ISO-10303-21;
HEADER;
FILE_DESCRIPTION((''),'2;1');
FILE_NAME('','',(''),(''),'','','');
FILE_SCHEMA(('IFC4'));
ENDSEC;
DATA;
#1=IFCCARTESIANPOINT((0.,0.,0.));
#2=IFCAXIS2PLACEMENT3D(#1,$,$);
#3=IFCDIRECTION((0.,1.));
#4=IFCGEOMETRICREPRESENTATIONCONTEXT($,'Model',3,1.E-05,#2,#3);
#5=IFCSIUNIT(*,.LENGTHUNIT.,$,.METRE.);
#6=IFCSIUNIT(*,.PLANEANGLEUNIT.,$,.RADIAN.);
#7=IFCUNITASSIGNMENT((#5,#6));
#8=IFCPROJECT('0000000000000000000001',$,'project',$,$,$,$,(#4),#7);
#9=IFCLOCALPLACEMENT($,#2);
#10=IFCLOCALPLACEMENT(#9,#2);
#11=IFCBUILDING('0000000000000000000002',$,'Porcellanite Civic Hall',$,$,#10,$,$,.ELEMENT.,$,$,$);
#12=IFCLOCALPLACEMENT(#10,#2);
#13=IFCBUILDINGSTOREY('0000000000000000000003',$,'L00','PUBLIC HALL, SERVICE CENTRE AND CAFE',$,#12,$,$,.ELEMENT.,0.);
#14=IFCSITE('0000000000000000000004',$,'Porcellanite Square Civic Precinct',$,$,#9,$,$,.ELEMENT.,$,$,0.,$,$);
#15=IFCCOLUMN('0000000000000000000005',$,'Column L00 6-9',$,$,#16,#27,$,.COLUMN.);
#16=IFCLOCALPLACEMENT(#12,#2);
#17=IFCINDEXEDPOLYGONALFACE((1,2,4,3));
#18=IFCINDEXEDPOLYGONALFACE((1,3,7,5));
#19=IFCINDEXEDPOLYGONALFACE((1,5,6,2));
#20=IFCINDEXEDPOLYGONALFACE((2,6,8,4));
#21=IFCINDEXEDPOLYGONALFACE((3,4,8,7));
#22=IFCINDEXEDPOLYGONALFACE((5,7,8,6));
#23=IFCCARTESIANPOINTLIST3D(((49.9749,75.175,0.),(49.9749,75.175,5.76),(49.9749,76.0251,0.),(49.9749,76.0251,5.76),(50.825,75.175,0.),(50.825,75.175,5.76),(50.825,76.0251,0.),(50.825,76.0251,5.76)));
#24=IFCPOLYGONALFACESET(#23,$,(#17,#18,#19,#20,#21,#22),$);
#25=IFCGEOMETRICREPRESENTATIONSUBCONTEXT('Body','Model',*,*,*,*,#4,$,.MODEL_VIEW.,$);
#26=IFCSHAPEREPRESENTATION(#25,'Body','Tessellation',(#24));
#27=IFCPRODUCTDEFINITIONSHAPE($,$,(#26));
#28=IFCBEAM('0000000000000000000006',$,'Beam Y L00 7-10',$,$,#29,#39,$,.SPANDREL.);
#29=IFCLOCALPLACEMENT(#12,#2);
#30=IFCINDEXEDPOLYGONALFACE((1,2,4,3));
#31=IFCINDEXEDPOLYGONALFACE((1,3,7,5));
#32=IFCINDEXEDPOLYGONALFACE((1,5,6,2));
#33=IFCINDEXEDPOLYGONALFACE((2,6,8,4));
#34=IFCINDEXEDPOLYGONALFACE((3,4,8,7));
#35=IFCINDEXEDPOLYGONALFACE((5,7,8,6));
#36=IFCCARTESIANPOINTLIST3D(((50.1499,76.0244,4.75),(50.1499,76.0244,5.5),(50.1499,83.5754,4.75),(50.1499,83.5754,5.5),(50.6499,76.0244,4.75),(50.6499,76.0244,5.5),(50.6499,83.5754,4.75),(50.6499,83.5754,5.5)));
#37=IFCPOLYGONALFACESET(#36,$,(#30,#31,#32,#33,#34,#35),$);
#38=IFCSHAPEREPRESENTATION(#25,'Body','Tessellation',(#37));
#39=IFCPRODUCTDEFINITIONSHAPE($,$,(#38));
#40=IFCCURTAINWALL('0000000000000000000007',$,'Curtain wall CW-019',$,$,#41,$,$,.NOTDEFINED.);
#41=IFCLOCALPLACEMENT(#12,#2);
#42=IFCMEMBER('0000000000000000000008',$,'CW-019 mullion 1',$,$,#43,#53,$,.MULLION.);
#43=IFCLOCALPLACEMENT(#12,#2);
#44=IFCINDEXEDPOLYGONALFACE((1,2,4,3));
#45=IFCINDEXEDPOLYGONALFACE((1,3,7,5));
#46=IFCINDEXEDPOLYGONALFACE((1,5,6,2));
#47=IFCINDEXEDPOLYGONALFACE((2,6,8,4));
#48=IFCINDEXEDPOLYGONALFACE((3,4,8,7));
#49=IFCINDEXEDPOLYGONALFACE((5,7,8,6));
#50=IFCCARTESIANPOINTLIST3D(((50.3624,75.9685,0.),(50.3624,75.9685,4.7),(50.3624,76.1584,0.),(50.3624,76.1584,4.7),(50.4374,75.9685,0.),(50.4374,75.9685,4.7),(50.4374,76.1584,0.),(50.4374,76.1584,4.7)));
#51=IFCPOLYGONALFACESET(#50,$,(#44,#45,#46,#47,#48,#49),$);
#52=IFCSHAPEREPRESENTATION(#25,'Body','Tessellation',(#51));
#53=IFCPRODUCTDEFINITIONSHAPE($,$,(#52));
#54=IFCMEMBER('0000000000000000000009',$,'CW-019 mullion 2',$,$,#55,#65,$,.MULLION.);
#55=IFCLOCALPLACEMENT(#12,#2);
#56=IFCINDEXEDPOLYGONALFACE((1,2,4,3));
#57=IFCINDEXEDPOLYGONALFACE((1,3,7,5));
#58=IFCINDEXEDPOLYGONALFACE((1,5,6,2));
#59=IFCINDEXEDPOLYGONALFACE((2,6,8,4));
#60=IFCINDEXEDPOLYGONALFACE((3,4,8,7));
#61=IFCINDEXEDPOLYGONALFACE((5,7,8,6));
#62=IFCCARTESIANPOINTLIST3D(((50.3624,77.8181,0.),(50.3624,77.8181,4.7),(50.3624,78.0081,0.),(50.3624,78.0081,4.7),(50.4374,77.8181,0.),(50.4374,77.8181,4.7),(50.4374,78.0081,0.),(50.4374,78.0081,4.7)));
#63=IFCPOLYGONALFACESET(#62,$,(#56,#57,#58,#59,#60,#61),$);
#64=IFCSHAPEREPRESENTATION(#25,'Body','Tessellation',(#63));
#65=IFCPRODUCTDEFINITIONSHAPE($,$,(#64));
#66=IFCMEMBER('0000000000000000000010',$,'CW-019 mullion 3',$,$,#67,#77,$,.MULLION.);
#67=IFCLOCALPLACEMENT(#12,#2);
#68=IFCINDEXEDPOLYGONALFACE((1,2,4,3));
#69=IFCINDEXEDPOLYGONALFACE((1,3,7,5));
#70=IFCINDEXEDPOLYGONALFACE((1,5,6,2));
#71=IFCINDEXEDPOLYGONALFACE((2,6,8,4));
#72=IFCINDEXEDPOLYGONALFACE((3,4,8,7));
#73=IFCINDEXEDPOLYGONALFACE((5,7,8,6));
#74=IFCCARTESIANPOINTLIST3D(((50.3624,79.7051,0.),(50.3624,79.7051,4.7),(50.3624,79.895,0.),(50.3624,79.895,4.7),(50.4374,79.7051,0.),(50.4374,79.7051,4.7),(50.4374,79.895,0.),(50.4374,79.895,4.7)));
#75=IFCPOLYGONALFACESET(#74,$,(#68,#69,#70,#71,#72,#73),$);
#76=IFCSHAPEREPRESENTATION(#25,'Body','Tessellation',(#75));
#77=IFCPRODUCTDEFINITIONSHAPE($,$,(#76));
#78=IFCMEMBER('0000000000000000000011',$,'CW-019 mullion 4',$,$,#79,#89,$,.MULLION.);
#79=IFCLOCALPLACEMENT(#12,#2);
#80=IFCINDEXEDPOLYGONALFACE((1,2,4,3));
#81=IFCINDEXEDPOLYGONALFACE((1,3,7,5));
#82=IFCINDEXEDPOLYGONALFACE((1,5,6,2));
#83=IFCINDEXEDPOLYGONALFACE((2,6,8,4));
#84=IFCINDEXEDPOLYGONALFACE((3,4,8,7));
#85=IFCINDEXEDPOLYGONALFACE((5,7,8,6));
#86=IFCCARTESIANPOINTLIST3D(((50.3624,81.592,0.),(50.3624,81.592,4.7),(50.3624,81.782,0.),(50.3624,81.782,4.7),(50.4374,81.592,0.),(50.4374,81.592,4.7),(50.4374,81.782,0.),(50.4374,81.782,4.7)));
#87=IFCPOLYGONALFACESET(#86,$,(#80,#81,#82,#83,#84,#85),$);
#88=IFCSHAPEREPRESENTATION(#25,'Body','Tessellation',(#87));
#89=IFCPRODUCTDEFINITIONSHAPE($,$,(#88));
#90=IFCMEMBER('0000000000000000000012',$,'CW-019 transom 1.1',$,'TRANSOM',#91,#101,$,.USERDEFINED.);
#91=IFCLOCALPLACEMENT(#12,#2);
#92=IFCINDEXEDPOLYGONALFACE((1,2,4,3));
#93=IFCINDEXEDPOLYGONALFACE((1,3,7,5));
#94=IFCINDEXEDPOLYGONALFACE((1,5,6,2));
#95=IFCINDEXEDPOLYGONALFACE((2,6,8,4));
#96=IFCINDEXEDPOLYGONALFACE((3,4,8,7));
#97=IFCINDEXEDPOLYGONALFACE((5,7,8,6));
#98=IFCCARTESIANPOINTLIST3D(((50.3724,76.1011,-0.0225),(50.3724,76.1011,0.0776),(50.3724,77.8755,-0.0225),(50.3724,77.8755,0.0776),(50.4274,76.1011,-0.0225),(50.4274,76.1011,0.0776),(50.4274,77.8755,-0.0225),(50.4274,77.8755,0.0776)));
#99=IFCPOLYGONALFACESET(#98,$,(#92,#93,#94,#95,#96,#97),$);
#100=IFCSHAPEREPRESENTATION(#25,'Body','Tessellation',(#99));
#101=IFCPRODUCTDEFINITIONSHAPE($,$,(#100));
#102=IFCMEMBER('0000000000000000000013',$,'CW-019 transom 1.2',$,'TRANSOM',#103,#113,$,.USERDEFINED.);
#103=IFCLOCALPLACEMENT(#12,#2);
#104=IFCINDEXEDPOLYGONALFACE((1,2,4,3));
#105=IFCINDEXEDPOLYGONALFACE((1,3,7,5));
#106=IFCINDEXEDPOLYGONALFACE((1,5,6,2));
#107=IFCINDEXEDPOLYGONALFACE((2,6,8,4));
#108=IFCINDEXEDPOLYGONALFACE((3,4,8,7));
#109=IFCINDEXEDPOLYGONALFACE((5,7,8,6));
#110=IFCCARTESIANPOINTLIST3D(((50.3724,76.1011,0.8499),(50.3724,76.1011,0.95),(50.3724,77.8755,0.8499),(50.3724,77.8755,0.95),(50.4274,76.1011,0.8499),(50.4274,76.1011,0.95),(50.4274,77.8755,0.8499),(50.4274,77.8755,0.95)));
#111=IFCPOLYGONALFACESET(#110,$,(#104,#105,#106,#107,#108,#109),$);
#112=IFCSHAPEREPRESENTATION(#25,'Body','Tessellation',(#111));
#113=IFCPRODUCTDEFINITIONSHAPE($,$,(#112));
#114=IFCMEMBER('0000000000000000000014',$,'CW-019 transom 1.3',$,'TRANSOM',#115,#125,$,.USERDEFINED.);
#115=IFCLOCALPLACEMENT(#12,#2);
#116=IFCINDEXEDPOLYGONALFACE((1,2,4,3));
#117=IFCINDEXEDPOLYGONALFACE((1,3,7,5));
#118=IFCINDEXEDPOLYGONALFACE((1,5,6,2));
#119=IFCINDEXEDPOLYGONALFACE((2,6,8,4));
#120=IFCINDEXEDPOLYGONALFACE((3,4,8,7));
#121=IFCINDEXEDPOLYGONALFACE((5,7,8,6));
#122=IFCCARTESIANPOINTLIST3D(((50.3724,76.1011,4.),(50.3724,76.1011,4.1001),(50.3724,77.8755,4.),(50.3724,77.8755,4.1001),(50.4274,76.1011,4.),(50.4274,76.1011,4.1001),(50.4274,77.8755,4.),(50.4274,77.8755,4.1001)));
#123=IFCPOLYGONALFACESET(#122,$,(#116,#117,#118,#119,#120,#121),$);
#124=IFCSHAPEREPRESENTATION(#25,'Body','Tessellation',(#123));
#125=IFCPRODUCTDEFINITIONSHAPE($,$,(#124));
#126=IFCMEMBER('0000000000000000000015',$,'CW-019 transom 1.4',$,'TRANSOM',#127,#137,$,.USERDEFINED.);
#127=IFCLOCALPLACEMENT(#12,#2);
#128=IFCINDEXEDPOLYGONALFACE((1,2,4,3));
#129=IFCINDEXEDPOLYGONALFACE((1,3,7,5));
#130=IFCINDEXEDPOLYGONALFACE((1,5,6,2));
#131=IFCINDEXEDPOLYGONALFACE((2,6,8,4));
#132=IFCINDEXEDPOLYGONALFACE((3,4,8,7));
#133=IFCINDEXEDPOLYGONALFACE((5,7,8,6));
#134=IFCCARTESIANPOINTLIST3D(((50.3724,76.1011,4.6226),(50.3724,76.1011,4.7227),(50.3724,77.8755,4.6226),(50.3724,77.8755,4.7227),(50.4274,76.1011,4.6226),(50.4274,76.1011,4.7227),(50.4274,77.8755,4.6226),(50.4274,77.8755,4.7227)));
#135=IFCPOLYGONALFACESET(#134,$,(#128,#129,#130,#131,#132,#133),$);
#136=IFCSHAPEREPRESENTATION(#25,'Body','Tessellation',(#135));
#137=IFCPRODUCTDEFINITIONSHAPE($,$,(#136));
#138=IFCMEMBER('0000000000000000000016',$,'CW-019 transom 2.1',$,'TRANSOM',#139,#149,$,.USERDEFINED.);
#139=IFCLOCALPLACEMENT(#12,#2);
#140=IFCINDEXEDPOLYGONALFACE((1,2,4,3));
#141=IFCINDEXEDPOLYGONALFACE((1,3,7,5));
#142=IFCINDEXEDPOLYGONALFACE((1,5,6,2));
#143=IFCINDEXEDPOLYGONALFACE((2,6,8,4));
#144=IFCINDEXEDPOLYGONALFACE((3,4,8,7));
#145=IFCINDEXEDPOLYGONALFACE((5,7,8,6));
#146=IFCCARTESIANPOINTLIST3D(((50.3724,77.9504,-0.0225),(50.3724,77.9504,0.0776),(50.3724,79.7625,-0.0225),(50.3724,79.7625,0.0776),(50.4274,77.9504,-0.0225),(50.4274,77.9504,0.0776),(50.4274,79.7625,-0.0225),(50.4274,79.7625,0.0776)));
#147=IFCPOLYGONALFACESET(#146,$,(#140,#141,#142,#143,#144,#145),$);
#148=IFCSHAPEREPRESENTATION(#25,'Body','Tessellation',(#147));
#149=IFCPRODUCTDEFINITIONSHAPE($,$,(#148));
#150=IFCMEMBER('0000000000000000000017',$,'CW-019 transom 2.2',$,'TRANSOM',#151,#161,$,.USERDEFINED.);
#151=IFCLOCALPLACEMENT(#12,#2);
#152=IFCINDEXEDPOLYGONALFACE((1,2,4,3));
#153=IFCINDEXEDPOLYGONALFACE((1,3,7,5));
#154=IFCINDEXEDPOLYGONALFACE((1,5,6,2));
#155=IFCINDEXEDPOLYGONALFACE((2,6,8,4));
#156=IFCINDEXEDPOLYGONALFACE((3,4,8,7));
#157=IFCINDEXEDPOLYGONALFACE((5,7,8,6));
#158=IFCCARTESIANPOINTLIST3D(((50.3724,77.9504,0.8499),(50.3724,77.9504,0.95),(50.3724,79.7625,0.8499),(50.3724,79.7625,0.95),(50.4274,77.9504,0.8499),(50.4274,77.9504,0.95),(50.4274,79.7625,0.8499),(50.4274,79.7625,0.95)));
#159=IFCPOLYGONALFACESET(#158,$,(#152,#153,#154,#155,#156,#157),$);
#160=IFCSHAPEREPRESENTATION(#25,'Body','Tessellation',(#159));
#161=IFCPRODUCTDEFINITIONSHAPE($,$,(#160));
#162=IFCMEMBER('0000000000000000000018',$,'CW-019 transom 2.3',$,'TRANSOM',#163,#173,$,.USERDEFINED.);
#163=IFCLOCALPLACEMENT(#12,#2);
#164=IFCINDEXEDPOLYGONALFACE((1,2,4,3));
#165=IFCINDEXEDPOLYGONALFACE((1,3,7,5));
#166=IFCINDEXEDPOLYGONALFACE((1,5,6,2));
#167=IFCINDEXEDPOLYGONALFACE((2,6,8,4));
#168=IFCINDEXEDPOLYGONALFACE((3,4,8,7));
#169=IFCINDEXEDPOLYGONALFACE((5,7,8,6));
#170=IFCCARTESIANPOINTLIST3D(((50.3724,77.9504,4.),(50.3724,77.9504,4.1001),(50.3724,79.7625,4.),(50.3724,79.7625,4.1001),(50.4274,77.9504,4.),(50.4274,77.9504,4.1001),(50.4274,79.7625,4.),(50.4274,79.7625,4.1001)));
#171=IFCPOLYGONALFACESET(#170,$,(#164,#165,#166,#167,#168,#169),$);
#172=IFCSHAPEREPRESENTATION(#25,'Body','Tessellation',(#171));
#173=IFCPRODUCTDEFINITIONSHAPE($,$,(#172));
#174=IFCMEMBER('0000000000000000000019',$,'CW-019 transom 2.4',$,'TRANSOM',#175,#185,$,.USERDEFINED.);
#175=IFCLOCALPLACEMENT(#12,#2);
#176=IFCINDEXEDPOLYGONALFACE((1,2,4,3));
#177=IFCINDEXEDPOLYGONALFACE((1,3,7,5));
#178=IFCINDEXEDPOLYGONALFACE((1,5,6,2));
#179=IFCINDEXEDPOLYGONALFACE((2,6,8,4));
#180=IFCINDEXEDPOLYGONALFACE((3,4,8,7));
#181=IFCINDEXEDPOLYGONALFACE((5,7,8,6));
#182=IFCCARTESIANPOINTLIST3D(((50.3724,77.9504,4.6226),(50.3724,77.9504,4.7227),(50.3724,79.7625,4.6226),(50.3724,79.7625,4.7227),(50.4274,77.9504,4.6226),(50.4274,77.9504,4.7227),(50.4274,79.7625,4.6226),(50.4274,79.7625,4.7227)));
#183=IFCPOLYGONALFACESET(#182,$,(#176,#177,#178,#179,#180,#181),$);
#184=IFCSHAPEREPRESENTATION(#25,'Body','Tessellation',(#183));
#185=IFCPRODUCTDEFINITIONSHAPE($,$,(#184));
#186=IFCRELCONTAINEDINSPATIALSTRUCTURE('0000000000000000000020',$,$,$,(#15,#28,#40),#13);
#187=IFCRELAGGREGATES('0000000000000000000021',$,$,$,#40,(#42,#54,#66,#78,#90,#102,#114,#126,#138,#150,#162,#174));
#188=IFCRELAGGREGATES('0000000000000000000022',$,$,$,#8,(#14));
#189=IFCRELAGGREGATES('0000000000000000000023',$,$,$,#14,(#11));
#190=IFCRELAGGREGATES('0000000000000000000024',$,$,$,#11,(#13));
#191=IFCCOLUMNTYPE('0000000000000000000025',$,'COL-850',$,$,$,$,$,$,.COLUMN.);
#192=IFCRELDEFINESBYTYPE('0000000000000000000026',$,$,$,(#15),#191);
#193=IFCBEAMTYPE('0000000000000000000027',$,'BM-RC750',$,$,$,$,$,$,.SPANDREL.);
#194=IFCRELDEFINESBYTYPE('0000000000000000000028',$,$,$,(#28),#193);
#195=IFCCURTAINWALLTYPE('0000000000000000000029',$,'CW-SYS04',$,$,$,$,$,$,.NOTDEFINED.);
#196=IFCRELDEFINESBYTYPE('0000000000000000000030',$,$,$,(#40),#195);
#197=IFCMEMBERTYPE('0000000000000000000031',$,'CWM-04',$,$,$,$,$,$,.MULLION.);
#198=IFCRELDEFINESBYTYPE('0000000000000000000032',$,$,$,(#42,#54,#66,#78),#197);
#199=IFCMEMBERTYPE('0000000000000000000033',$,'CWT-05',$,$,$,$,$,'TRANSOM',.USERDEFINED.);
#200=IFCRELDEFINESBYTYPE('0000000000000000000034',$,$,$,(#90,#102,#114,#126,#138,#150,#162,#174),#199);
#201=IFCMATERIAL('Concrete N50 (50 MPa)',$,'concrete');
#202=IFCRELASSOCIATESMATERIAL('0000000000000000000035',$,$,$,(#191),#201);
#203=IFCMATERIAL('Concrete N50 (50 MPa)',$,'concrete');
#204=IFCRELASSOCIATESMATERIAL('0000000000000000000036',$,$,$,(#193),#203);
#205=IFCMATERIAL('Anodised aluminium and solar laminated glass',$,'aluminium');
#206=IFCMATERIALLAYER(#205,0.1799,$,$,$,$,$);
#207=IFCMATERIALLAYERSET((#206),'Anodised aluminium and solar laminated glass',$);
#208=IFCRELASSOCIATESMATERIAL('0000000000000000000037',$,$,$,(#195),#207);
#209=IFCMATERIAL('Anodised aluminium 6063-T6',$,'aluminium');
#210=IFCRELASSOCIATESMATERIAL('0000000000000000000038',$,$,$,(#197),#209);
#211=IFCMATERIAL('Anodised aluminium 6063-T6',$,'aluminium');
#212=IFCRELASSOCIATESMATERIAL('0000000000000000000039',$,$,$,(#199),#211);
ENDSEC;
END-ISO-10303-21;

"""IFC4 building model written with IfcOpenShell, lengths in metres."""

from ifc_helpers import new_model, si_unit, direction, frame, origin, origin_2d, place, context, subcontext, project, spatial, rectangle, extrude, material, layer, layer_set, material_profile, profile_set, type_object, element, aggregate, save


model = new_model("IFC4")

# Units and contexts
model_context = context("Model", 3, precision=1e-05, world=origin(), true_north=direction((0.0, 1.0)))
body_context = subcontext(model_context, "Body", "Model", "MODEL_VIEW")
ifc_project = project(units=[si_unit("LENGTHUNIT", "METRE"), si_unit("PLANEANGLEUNIT", "RADIAN")], contexts=[model_context])

# Site, building, storey
site_placement = place(None, origin())
site = spatial("IfcSite", under=ifc_project, at=site_placement, Name="Porcellanite Square Civic Precinct", CompositionType="ELEMENT", RefElevation=0.0)
building_placement = place(site_placement, origin())
building = spatial("IfcBuilding", under=site, at=building_placement, Name="Porcellanite Civic Hall", CompositionType="ELEMENT")
storey_placement = place(building_placement, origin())
storey = spatial("IfcBuildingStorey", under=building, at=storey_placement, Name="L00", Description="PUBLIC HALL, SERVICE CENTRE AND CAFE", CompositionType="ELEMENT", Elevation=0.0)

# Column
ifc_material_1 = material(Name="Concrete N50 (50 MPa)", Category="concrete")
ifc_material_profile_1 = material_profile(ifc_material_1, rectangle(XDim=0.8501, YDim=0.8501, at=origin_2d()), Name="RC-850x850")
ifc_profile_set_1 = profile_set([ifc_material_profile_1], Name="Concrete N50 (50 MPa)")
column_type = type_object("IfcColumnType", Name="COL-850", PredefinedType="COLUMN", material=ifc_profile_set_1)
column_placement = place(storey_placement, frame((50.3999, 75.6001, 0.0), z_axis=(0.0, 0.0, 1.0), x_axis=(1.0, 0.0, 0.0)))
element("IfcColumn", 1, at=column_placement, inside=storey, type_object=column_type, Name="Column L00 6-9", PredefinedType="COLUMN", context=body_context, shape_type="SweptSolid", body=[
    extrude(rectangle(XDim=0.8501, YDim=0.8501, at=origin_2d()), origin(), (0.0, 0.0, 1.0), 5.76),
])

# Beam
ifc_material_2 = material(Name="Concrete N50 (50 MPa)", Category="concrete")
ifc_material_profile_2 = material_profile(ifc_material_2, rectangle(XDim=0.5, YDim=0.75, at=origin_2d()), Name="RC-500x750")
ifc_profile_set_2 = profile_set([ifc_material_profile_2], Name="Concrete N50 (50 MPa)")
beam_type = type_object("IfcBeamType", Name="BM-RC750", PredefinedType="SPANDREL", material=ifc_profile_set_2)
beam_placement = place(storey_placement, frame((50.3999, 76.0244, 5.125), z_axis=(0.0, 1.0, 0.0), x_axis=(-1.0, 0.0, 0.0)))
element("IfcBeam", 2, at=beam_placement, inside=storey, type_object=beam_type, Name="Beam Y L00 7-10", PredefinedType="SPANDREL", context=body_context, shape_type="SweptSolid", body=[
    extrude(rectangle(XDim=0.5, YDim=0.75, at=origin_2d()), origin(), (0.0, 0.0, 1.0), 7.551),
])

# Curtain wall, members
ifc_material_3 = material(Name="Anodised aluminium and solar laminated glass", Category="aluminium")
ifc_layer_1 = layer(ifc_material_3, 0.1799)
ifc_layer_set_1 = layer_set([ifc_layer_1], Name="Anodised aluminium and solar laminated glass")
curtain_wall_type = type_object("IfcCurtainWallType", Name="CW-SYS04", PredefinedType="NOTDEFINED", material=ifc_layer_set_1)
curtain_wall_placement = place(storey_placement, origin())
curtain_wall = element("IfcCurtainWall", 3, at=curtain_wall_placement, inside=storey, type_object=curtain_wall_type, Name="Curtain wall CW-019", PredefinedType="NOTDEFINED")
ifc_material_4 = material(Name="Anodised aluminium 6063-T6", Category="aluminium")
ifc_material_profile_3 = material_profile(ifc_material_4, rectangle(XDim=0.075, YDim=0.1899, at=origin_2d()), Name="AL-75x190")
ifc_profile_set_3 = profile_set([ifc_material_profile_3], Name="Anodised aluminium 6063-T6")
member_type_1 = type_object("IfcMemberType", Name="CWM-04", PredefinedType="MULLION", material=ifc_profile_set_3)
member_1_placement = place(storey_placement, frame((50.3999, 76.0635, 0.0), z_axis=(0.0, 0.0, 1.0), x_axis=(-1.0, 0.0, 0.0)))
member_1 = element("IfcMember", 4, at=member_1_placement, type_object=member_type_1, Name="CW-019 mullion 1", PredefinedType="MULLION", context=body_context, shape_type="SweptSolid", body=[
    extrude(rectangle(XDim=0.075, YDim=0.1899, at=origin_2d()), origin(), (0.0, 0.0, 1.0), 4.7),
])
member_2_placement = place(storey_placement, frame((50.3999, 77.9131, 0.0), z_axis=(0.0, 0.0, 1.0), x_axis=(-1.0, 0.0, 0.0)))
member_2 = element("IfcMember", 5, at=member_2_placement, type_object=member_type_1, Name="CW-019 mullion 2", PredefinedType="MULLION", context=body_context, shape_type="SweptSolid", body=[
    extrude(rectangle(XDim=0.075, YDim=0.1899, at=origin_2d()), origin(), (0.0, 0.0, 1.0), 4.7),
])
member_3_placement = place(storey_placement, frame((50.3999, 79.8, 0.0), z_axis=(0.0, 0.0, 1.0), x_axis=(-1.0, 0.0, 0.0)))
member_3 = element("IfcMember", 6, at=member_3_placement, type_object=member_type_1, Name="CW-019 mullion 3", PredefinedType="MULLION", context=body_context, shape_type="SweptSolid", body=[
    extrude(rectangle(XDim=0.075, YDim=0.1899, at=origin_2d()), origin(), (0.0, 0.0, 1.0), 4.7),
])
member_4_placement = place(storey_placement, frame((50.3999, 81.687, 0.0), z_axis=(0.0, 0.0, 1.0), x_axis=(-1.0, 0.0, 0.0)))
member_4 = element("IfcMember", 7, at=member_4_placement, type_object=member_type_1, Name="CW-019 mullion 4", PredefinedType="MULLION", context=body_context, shape_type="SweptSolid", body=[
    extrude(rectangle(XDim=0.075, YDim=0.1899, at=origin_2d()), origin(), (0.0, 0.0, 1.0), 4.7),
])
ifc_material_5 = material(Name="Anodised aluminium 6063-T6", Category="aluminium")
ifc_material_profile_4 = material_profile(ifc_material_5, rectangle(XDim=0.0549, YDim=0.1001, at=origin_2d()), Name="AL-55x100")
ifc_profile_set_4 = profile_set([ifc_material_profile_4], Name="Anodised aluminium 6063-T6")
member_type_2 = type_object("IfcMemberType", Name="CWT-05", ElementType="TRANSOM", PredefinedType="USERDEFINED", material=ifc_profile_set_4)
member_5_placement = place(storey_placement, frame((50.3999, 76.1011, 0.0276), z_axis=(0.0, 1.0, 0.0), x_axis=(-1.0, 0.0, 0.0)))
member_5 = element("IfcMember", 8, at=member_5_placement, type_object=member_type_2, Name="CW-019 transom 1.1", ObjectType="TRANSOM", PredefinedType="USERDEFINED", context=body_context, shape_type="SweptSolid", body=[
    extrude(rectangle(XDim=0.0549, YDim=0.1001, at=origin_2d()), origin(), (0.0, 0.0, 1.0), 1.7744),
])
member_6_placement = place(storey_placement, frame((50.3999, 76.1011, 0.8999), z_axis=(0.0, 1.0, 0.0), x_axis=(-1.0, 0.0, 0.0)))
member_6 = element("IfcMember", 9, at=member_6_placement, type_object=member_type_2, Name="CW-019 transom 1.2", ObjectType="TRANSOM", PredefinedType="USERDEFINED", context=body_context, shape_type="SweptSolid", body=[
    extrude(rectangle(XDim=0.0549, YDim=0.1001, at=origin_2d()), origin(), (0.0, 0.0, 1.0), 1.7744),
])
member_7_placement = place(storey_placement, frame((50.3999, 76.1011, 4.05), z_axis=(0.0, 1.0, 0.0), x_axis=(-1.0, 0.0, 0.0)))
member_7 = element("IfcMember", 10, at=member_7_placement, type_object=member_type_2, Name="CW-019 transom 1.3", ObjectType="TRANSOM", PredefinedType="USERDEFINED", context=body_context, shape_type="SweptSolid", body=[
    extrude(rectangle(XDim=0.0549, YDim=0.1001, at=origin_2d()), origin(), (0.0, 0.0, 1.0), 1.7744),
])
member_8_placement = place(storey_placement, frame((50.3999, 76.1011, 4.6726), z_axis=(0.0, 1.0, 0.0), x_axis=(-1.0, 0.0, 0.0)))
member_8 = element("IfcMember", 11, at=member_8_placement, type_object=member_type_2, Name="CW-019 transom 1.4", ObjectType="TRANSOM", PredefinedType="USERDEFINED", context=body_context, shape_type="SweptSolid", body=[
    extrude(rectangle(XDim=0.0549, YDim=0.1001, at=origin_2d()), origin(), (0.0, 0.0, 1.0), 1.7744),
])
member_9_placement = place(storey_placement, frame((50.3999, 77.9504, 0.0276), z_axis=(0.0, 1.0, 0.0), x_axis=(-1.0, 0.0, 0.0)))
member_9 = element("IfcMember", 12, at=member_9_placement, type_object=member_type_2, Name="CW-019 transom 2.1", ObjectType="TRANSOM", PredefinedType="USERDEFINED", context=body_context, shape_type="SweptSolid", body=[
    extrude(rectangle(XDim=0.0549, YDim=0.1001, at=origin_2d()), origin(), (0.0, 0.0, 1.0), 1.812),
])
member_10_placement = place(storey_placement, frame((50.3999, 77.9504, 0.8999), z_axis=(0.0, 1.0, 0.0), x_axis=(-1.0, 0.0, 0.0)))
member_10 = element("IfcMember", 13, at=member_10_placement, type_object=member_type_2, Name="CW-019 transom 2.2", ObjectType="TRANSOM", PredefinedType="USERDEFINED", context=body_context, shape_type="SweptSolid", body=[
    extrude(rectangle(XDim=0.0549, YDim=0.1001, at=origin_2d()), origin(), (0.0, 0.0, 1.0), 1.812),
])
member_11_placement = place(storey_placement, frame((50.3999, 77.9504, 4.05), z_axis=(0.0, 1.0, 0.0), x_axis=(-1.0, 0.0, 0.0)))
member_11 = element("IfcMember", 14, at=member_11_placement, type_object=member_type_2, Name="CW-019 transom 2.3", ObjectType="TRANSOM", PredefinedType="USERDEFINED", context=body_context, shape_type="SweptSolid", body=[
    extrude(rectangle(XDim=0.0549, YDim=0.1001, at=origin_2d()), origin(), (0.0, 0.0, 1.0), 1.812),
])
member_12_placement = place(storey_placement, frame((50.3999, 77.9504, 4.6726), z_axis=(0.0, 1.0, 0.0), x_axis=(-1.0, 0.0, 0.0)))
member_12 = element("IfcMember", 15, at=member_12_placement, type_object=member_type_2, Name="CW-019 transom 2.4", ObjectType="TRANSOM", PredefinedType="USERDEFINED", context=body_context, shape_type="SweptSolid", body=[
    extrude(rectangle(XDim=0.0549, YDim=0.1001, at=origin_2d()), origin(), (0.0, 0.0, 1.0), 1.812),
])

aggregate(curtain_wall, [member_1, member_2, member_3, member_4, member_5, member_6, member_7, member_8, member_9, member_10, member_11, member_12])

save(model, "model.ifc")
